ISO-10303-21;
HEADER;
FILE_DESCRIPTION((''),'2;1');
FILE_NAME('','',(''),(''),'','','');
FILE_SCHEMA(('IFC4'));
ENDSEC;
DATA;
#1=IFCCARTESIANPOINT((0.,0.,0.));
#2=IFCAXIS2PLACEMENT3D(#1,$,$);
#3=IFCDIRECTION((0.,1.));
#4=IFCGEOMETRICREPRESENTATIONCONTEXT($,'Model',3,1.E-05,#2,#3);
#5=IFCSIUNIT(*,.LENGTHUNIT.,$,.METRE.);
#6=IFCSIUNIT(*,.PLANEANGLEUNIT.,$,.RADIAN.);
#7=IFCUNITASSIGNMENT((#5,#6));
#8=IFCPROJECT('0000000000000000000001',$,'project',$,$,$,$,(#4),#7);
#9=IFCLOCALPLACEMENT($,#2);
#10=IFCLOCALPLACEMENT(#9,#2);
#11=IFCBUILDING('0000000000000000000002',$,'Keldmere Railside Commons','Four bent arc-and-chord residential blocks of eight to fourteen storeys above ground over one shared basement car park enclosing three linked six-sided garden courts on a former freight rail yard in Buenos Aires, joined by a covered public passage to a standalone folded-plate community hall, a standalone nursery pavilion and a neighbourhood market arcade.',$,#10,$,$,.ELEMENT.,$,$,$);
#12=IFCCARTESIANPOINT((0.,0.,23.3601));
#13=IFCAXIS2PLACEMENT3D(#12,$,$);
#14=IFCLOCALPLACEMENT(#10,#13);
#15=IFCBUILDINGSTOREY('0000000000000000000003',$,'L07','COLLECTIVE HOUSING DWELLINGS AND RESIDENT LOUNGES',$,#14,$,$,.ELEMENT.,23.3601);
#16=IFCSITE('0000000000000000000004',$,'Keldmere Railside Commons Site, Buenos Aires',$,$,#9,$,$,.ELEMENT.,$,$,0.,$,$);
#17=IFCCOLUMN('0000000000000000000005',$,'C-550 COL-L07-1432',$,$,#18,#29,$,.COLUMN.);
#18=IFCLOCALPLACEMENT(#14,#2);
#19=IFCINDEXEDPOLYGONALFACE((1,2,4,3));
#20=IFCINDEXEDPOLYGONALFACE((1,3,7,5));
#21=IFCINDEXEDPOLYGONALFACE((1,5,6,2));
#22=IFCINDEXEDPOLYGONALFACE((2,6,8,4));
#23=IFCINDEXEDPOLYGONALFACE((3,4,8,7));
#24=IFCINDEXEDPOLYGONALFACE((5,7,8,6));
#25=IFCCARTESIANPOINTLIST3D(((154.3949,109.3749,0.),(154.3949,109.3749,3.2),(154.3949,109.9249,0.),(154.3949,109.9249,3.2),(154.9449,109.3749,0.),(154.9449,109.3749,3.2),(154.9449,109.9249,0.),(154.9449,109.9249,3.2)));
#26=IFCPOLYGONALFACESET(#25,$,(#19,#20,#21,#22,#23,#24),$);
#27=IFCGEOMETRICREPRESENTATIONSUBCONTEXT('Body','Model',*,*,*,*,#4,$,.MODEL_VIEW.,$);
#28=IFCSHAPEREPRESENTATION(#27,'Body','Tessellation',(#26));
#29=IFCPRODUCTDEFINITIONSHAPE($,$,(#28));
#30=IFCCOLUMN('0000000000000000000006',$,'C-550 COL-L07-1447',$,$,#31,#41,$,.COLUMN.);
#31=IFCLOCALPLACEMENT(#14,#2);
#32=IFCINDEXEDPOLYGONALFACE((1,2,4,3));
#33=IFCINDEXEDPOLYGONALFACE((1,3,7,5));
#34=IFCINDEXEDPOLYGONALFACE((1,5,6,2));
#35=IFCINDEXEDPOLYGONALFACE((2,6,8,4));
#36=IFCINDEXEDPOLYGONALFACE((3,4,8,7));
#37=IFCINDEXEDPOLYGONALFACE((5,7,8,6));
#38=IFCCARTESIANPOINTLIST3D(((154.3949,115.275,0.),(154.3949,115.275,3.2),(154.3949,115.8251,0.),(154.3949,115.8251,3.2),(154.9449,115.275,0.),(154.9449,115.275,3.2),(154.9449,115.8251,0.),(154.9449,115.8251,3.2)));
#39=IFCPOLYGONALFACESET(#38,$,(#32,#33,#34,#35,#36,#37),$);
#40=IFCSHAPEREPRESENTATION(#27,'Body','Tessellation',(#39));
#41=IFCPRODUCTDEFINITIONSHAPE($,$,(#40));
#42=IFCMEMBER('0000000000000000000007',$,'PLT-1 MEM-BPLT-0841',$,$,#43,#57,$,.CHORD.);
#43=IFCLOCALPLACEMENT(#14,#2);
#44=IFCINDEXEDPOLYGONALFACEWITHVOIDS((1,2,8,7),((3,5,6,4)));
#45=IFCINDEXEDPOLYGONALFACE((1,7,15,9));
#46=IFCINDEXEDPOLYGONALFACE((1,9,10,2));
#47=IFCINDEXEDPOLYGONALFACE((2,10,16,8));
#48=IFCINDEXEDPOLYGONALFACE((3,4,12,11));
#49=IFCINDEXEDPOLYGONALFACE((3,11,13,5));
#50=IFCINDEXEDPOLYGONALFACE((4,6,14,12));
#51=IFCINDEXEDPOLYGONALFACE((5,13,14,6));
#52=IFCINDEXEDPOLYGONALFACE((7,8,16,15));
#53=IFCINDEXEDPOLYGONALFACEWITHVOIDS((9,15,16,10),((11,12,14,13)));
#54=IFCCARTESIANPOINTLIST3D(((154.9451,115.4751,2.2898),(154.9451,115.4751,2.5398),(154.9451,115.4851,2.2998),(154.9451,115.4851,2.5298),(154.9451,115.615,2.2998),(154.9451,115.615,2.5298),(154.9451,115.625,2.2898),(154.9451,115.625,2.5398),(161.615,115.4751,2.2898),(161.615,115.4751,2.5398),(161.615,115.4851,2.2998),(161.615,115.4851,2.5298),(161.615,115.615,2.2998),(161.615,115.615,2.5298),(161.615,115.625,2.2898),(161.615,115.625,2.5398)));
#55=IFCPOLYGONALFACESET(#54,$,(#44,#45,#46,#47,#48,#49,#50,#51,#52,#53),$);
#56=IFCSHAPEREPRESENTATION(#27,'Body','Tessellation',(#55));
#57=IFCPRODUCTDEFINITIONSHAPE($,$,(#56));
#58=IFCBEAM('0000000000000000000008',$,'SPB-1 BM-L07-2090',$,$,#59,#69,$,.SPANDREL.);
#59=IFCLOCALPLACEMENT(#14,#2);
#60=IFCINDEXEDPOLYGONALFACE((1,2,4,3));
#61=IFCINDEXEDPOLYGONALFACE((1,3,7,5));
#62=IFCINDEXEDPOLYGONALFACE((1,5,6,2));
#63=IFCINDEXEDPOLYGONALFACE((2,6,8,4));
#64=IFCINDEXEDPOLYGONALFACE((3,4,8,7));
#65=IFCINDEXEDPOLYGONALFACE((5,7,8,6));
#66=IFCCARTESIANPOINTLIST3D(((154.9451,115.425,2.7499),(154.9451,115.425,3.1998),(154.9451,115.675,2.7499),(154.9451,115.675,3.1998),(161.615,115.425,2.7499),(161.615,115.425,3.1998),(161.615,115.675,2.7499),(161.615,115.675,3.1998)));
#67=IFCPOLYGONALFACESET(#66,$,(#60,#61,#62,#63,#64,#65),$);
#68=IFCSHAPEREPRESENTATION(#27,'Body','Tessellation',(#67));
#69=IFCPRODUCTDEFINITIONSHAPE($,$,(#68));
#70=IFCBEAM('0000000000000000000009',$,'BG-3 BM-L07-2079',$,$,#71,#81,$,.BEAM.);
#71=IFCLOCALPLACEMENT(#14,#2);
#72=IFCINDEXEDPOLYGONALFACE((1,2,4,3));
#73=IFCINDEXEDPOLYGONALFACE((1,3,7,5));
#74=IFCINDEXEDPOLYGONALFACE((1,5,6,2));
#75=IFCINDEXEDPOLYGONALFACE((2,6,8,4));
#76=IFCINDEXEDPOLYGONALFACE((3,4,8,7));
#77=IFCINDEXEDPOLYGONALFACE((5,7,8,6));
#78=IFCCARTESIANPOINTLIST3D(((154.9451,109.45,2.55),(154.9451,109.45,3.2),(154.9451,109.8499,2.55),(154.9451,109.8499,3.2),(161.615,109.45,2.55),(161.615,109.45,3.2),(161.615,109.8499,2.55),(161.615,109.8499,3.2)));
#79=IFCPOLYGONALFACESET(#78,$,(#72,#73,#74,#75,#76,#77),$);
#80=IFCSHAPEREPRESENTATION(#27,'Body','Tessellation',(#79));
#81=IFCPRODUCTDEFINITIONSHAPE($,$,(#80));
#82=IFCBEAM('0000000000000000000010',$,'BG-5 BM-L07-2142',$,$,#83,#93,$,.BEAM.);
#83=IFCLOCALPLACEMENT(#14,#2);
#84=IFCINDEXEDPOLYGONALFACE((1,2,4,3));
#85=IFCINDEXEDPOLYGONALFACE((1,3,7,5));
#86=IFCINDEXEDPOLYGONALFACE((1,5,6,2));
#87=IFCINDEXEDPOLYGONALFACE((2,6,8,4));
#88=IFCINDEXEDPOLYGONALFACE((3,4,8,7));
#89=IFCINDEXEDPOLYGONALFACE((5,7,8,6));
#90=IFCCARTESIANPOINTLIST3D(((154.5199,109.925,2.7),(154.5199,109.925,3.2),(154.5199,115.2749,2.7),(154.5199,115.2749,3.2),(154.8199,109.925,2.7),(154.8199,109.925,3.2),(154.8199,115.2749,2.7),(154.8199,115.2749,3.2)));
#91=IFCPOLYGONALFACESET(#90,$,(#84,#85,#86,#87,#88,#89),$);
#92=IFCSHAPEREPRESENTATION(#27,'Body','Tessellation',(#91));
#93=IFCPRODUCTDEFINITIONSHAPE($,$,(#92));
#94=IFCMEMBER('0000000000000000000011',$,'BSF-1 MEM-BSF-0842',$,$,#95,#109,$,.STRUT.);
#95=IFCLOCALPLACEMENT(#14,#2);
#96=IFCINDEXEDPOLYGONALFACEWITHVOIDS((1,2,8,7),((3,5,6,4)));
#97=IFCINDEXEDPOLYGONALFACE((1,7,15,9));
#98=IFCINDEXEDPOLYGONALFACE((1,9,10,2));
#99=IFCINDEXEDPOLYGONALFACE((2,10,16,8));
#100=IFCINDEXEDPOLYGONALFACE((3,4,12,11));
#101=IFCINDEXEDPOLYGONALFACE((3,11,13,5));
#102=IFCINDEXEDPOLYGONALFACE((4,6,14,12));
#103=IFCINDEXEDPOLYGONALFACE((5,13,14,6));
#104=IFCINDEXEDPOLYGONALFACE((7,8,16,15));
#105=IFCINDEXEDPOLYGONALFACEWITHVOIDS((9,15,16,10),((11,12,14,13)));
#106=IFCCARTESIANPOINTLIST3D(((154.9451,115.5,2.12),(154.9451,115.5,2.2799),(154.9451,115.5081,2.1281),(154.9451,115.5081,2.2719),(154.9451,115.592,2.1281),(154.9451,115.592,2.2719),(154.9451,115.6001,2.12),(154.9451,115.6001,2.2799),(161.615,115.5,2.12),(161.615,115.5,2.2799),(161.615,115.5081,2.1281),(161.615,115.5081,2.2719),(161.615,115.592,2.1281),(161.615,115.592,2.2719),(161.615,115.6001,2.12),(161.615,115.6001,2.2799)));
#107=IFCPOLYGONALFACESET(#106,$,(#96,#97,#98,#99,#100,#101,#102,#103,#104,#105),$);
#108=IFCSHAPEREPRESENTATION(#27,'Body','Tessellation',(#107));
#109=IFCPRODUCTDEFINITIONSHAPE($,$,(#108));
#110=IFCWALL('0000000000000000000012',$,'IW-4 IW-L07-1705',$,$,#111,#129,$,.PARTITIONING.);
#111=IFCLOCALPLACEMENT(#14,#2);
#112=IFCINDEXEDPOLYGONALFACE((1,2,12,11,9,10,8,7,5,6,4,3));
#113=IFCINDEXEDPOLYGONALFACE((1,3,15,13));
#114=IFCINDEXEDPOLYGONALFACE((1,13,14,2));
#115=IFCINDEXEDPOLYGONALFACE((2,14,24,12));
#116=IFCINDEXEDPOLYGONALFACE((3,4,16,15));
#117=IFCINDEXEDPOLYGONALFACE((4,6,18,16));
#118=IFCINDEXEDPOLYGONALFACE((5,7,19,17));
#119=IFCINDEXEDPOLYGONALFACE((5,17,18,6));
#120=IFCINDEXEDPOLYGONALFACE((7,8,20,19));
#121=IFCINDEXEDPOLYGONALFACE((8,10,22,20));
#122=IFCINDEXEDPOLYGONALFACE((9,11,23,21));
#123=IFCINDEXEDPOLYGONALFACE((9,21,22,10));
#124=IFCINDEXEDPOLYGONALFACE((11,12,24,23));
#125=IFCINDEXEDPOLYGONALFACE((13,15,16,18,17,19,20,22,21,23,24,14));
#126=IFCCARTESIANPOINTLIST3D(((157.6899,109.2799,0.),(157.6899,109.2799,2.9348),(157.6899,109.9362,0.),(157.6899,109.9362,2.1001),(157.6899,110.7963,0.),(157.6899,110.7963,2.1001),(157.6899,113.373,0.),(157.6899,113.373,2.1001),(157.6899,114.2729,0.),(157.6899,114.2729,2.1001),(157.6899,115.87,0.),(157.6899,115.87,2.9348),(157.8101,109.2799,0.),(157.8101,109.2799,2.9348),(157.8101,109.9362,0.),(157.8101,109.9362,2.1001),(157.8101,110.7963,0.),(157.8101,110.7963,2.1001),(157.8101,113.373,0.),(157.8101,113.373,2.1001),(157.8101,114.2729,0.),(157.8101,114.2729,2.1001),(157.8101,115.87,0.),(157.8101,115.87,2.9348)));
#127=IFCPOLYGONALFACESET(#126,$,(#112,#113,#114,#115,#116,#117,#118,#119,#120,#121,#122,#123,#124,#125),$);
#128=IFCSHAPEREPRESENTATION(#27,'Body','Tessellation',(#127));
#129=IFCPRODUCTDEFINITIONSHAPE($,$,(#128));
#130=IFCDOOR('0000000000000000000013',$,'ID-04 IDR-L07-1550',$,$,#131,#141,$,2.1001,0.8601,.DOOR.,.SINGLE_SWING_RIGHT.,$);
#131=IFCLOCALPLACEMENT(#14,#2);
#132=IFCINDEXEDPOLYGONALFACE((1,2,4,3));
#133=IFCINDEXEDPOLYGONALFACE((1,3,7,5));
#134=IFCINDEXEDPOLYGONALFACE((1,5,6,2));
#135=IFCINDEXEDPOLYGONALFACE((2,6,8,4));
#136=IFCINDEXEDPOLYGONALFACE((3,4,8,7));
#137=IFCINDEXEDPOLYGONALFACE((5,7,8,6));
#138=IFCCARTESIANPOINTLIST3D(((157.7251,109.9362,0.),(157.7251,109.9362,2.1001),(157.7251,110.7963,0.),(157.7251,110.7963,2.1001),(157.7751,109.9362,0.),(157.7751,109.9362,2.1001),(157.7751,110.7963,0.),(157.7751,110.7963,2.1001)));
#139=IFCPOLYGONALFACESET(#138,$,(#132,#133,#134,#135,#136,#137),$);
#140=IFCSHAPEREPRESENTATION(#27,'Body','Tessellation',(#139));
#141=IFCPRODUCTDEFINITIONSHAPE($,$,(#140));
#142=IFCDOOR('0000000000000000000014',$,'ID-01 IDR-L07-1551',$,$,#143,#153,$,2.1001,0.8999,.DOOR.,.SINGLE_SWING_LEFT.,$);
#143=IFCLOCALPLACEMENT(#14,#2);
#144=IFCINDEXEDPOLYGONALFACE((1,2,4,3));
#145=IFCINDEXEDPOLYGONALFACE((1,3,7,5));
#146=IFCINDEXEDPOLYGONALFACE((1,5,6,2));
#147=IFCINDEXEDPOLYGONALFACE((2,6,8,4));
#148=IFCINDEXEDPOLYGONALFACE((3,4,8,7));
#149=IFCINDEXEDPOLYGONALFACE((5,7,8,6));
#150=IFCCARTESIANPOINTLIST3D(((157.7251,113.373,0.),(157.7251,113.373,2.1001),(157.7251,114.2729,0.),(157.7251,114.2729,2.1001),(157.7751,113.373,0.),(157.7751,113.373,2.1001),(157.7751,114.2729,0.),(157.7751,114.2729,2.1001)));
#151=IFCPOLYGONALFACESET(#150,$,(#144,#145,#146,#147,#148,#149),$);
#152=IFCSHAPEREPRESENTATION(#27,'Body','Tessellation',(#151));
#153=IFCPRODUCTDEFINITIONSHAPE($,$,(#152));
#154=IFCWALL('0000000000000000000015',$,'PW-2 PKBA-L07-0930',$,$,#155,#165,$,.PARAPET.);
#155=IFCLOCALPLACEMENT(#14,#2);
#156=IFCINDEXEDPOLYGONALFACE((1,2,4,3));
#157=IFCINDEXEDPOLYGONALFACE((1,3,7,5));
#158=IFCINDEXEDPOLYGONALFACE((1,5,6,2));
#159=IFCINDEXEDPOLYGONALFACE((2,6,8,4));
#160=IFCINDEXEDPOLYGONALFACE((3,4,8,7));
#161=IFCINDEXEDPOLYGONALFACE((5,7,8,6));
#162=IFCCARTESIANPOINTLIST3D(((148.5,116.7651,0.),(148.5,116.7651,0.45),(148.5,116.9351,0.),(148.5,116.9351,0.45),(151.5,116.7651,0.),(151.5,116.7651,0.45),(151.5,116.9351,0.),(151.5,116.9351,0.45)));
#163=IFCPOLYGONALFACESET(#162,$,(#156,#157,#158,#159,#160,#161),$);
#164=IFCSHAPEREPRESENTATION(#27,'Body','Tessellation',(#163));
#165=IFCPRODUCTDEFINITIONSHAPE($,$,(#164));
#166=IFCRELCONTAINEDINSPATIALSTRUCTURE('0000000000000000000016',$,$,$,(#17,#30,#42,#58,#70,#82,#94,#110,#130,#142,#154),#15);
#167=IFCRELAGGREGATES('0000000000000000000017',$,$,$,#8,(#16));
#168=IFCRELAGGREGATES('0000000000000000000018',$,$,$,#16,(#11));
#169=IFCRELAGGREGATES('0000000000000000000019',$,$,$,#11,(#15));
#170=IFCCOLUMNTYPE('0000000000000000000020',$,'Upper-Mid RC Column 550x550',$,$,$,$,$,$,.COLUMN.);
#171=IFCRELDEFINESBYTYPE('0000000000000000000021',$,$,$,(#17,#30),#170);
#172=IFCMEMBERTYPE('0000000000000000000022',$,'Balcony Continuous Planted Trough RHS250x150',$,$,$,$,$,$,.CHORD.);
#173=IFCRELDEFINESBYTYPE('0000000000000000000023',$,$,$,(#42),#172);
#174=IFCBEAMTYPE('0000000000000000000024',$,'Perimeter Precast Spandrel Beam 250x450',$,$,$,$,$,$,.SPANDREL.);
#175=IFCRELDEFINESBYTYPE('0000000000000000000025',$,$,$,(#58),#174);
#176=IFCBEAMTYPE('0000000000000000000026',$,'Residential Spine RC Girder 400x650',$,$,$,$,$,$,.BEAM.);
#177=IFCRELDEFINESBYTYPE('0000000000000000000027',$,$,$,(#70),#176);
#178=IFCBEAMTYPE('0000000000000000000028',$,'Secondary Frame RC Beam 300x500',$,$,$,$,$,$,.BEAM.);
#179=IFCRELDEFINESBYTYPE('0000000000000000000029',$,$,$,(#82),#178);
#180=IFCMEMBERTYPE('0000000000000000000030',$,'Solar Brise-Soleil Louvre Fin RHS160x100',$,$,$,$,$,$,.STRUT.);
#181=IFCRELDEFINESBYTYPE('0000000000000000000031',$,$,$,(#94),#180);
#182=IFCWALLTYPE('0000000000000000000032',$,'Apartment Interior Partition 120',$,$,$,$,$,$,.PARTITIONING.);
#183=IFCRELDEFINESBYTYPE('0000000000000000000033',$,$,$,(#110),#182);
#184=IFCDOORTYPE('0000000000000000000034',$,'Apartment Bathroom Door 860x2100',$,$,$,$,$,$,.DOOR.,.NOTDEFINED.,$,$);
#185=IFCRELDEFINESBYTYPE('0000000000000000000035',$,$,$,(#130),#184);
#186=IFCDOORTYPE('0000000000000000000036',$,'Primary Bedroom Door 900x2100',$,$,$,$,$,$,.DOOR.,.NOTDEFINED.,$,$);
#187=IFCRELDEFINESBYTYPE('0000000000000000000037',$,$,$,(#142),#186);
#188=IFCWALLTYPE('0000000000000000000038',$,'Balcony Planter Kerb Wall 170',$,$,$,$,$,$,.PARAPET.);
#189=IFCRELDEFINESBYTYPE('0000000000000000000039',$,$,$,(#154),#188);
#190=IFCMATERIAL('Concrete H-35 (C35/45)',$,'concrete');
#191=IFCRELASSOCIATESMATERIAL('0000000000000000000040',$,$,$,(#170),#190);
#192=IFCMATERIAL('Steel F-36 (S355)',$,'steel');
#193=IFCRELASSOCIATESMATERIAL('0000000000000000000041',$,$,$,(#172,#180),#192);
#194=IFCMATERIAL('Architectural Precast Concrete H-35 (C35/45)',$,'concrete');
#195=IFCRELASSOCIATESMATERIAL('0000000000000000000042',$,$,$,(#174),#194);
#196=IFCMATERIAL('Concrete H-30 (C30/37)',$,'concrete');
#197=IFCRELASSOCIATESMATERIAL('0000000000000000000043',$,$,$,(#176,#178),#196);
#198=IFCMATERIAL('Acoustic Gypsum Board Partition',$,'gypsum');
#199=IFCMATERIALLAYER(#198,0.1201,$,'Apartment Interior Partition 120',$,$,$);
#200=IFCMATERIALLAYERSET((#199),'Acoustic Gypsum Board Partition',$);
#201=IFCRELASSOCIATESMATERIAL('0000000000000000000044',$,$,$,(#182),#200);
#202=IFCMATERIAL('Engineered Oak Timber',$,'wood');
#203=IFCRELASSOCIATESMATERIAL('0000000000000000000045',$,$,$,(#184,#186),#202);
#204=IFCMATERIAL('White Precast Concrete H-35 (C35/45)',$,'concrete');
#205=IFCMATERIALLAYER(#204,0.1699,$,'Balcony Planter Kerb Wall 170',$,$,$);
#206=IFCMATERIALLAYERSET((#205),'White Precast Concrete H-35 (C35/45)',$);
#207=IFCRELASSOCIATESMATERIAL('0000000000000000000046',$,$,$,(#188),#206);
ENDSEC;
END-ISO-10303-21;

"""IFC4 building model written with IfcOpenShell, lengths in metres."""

from ifc_helpers import new_model, si_unit, direction, frame, frame_2d, origin, origin_2d, place, context, subcontext, project, spatial, rectangle, hollow_rectangle, extrude, material, layer, layer_set, material_profile, profile_set, type_object, element, fill, save


model = new_model("IFC4")

# Units and contexts
model_context = context("Model", 3, precision=1e-05, world=origin(), true_north=direction((0.0, 1.0)))
body_context = subcontext(model_context, "Body", "Model", "MODEL_VIEW")
ifc_project = project(units=[si_unit("LENGTHUNIT", "METRE"), si_unit("PLANEANGLEUNIT", "RADIAN")], contexts=[model_context])

# Site, building, storey
site_placement = place(None, origin())
site = spatial("IfcSite", under=ifc_project, at=site_placement, Name="Keldmere Railside Commons Site, Buenos Aires", CompositionType="ELEMENT", RefElevation=0.0)
building_placement = place(site_placement, origin())
building = spatial("IfcBuilding", under=site, at=building_placement, Name="Keldmere Railside Commons", Description="Four bent arc-and-chord residential blocks of eight to fourteen storeys above ground over one shared basement car park enclosing three linked six-sided garden courts on a former freight rail yard in Buenos Aires, joined by a covered public passage to a standalone folded-plate community hall, a standalone nursery pavilion and a neighbourhood market arcade.", CompositionType="ELEMENT")
storey_placement = place(building_placement, frame((0.0, 0.0, 23.3601)))
storey = spatial("IfcBuildingStorey", under=building, at=storey_placement, Name="L07", Description="COLLECTIVE HOUSING DWELLINGS AND RESIDENT LOUNGES", CompositionType="ELEMENT", Elevation=23.3601)

# Columns
ifc_material_1 = material(Name="Concrete H-35 (C35/45)", Category="concrete")
ifc_material_profile_1 = material_profile(ifc_material_1, rectangle(XDim=0.55, YDim=0.55, at=origin_2d()), Name="RC-550x550")
ifc_profile_set_1 = profile_set([ifc_material_profile_1], Name="Concrete H-35 (C35/45)")
column_type = type_object("IfcColumnType", Name="Upper-Mid RC Column 550x550", PredefinedType="COLUMN", material=ifc_profile_set_1)
for number, where, z_axis, x_axis, name in (
    (1, (154.6699, 109.6499, 0.0), (0.0, 0.0, 1.0), (1.0, 0.0, 0.0), "C-550 COL-L07-1432"),
    (2, (154.6699, 115.55, 0.0), (0.0, 0.0, 1.0), (1.0, 0.0, 0.0), "C-550 COL-L07-1447"),
):
    element("IfcColumn", number, at=place(storey_placement, frame(where, z_axis=z_axis, x_axis=x_axis)), inside=storey, type_object=column_type, Name=name, PredefinedType="COLUMN", context=body_context, shape_type="SweptSolid", body=[
        extrude(rectangle(XDim=0.55, YDim=0.55, at=origin_2d()), origin(), (0.0, 0.0, 1.0), 3.2),
    ])

# Member
ifc_material_2 = material(Name="Steel F-36 (S355)", Category="steel")
ifc_material_profile_2 = material_profile(ifc_material_2, hollow_rectangle(XDim=0.1499, YDim=0.25, WallThickness=0.01, at=origin_2d()), Name="RHS-250x150x10")
ifc_profile_set_2 = profile_set([ifc_material_profile_2], Name="Steel F-36 (S355)")
member_type_1 = type_object("IfcMemberType", Name="Balcony Continuous Planted Trough RHS250x150", PredefinedType="CHORD", material=ifc_profile_set_2)
member_1_placement = place(storey_placement, frame((154.9451, 115.55, 2.4148), z_axis=(1.0, 0.0, 0.0), x_axis=(0.0, 1.0, 0.0)))
element("IfcMember", 3, at=member_1_placement, inside=storey, type_object=member_type_1, Name="PLT-1 MEM-BPLT-0841", PredefinedType="CHORD", context=body_context, shape_type="SweptSolid", body=[
    extrude(hollow_rectangle(XDim=0.1499, YDim=0.25, WallThickness=0.01, at=origin_2d()), origin(), (0.0, 0.0, 1.0), 6.6699),
])

# Beams
ifc_material_3 = material(Name="Architectural Precast Concrete H-35 (C35/45)", Category="concrete")
ifc_material_profile_3 = material_profile(ifc_material_3, rectangle(XDim=0.25, YDim=0.45, at=origin_2d()), Name="RC-250x450")
ifc_profile_set_3 = profile_set([ifc_material_profile_3], Name="Architectural Precast Concrete H-35 (C35/45)")
beam_type_1 = type_object("IfcBeamType", Name="Perimeter Precast Spandrel Beam 250x450", PredefinedType="SPANDREL", material=ifc_profile_set_3)
beam_1_placement = place(storey_placement, frame((154.9451, 115.55, 2.9749), z_axis=(1.0, 0.0, 0.0), x_axis=(0.0, 1.0, 0.0)))
element("IfcBeam", 4, at=beam_1_placement, inside=storey, type_object=beam_type_1, Name="SPB-1 BM-L07-2090", PredefinedType="SPANDREL", context=body_context, shape_type="SweptSolid", body=[
    extrude(rectangle(XDim=0.25, YDim=0.45, at=origin_2d()), origin(), (0.0, 0.0, 1.0), 6.6699),
])
ifc_material_4 = material(Name="Concrete H-30 (C30/37)", Category="concrete")
ifc_material_profile_4 = material_profile(ifc_material_4, rectangle(XDim=0.3999, YDim=0.6499, at=origin_2d()), Name="RC-400x650")
ifc_profile_set_4 = profile_set([ifc_material_profile_4], Name="Concrete H-30 (C30/37)")
beam_type_2 = type_object("IfcBeamType", Name="Residential Spine RC Girder 400x650", PredefinedType="BEAM", material=ifc_profile_set_4)
beam_2_placement = place(storey_placement, frame((154.9451, 109.6499, 2.875), z_axis=(1.0, 0.0, 0.0), x_axis=(0.0, 1.0, 0.0)))
element("IfcBeam", 5, at=beam_2_placement, inside=storey, type_object=beam_type_2, Name="BG-3 BM-L07-2079", PredefinedType="BEAM", context=body_context, shape_type="SweptSolid", body=[
    extrude(rectangle(XDim=0.3999, YDim=0.6499, at=origin_2d()), origin(), (0.0, 0.0, 1.0), 6.6699),
])
ifc_material_profile_5 = material_profile(ifc_material_4, rectangle(XDim=0.3, YDim=0.5, at=origin_2d()), Name="RC-300x500")
ifc_profile_set_5 = profile_set([ifc_material_profile_5], Name="Concrete H-30 (C30/37)")
beam_type_3 = type_object("IfcBeamType", Name="Secondary Frame RC Beam 300x500", PredefinedType="BEAM", material=ifc_profile_set_5)
beam_3_placement = place(storey_placement, frame((154.6699, 109.925, 2.95), z_axis=(0.0, 1.0, 0.0), x_axis=(-1.0, 0.0, 0.0)))
element("IfcBeam", 6, at=beam_3_placement, inside=storey, type_object=beam_type_3, Name="BG-5 BM-L07-2142", PredefinedType="BEAM", context=body_context, shape_type="SweptSolid", body=[
    extrude(rectangle(XDim=0.3, YDim=0.5, at=origin_2d()), origin(), (0.0, 0.0, 1.0), 5.3499),
])

# Member
ifc_material_profile_6 = material_profile(ifc_material_2, hollow_rectangle(XDim=0.1001, YDim=0.1599, WallThickness=0.0081, at=origin_2d()), Name="RHS-160x100x8")
ifc_profile_set_6 = profile_set([ifc_material_profile_6], Name="Steel F-36 (S355)")
member_type_2 = type_object("IfcMemberType", Name="Solar Brise-Soleil Louvre Fin RHS160x100", PredefinedType="STRUT", material=ifc_profile_set_6)
member_2_placement = place(storey_placement, frame((154.9451, 115.55, 2.2), z_axis=(1.0, 0.0, 0.0), x_axis=(0.0, 1.0, 0.0)))
element("IfcMember", 7, at=member_2_placement, inside=storey, type_object=member_type_2, Name="BSF-1 MEM-BSF-0842", PredefinedType="STRUT", context=body_context, shape_type="SweptSolid", body=[
    extrude(hollow_rectangle(XDim=0.1001, YDim=0.1599, WallThickness=0.0081, at=origin_2d()), origin(), (0.0, 0.0, 1.0), 6.6699),
])

# Wall, openings, doors
ifc_material_5 = material(Name="Acoustic Gypsum Board Partition", Category="gypsum")
ifc_layer_1 = layer(ifc_material_5, 0.1201, Name="Apartment Interior Partition 120")
ifc_layer_set_1 = layer_set([ifc_layer_1], Name="Acoustic Gypsum Board Partition")
wall_type_1 = type_object("IfcWallType", Name="Apartment Interior Partition 120", PredefinedType="PARTITIONING", material=ifc_layer_set_1)
wall_1_placement = place(storey_placement, frame((157.75, 109.28, 0.0), z_axis=(0.0, 0.0, 1.0), x_axis=(0.0, 1.0, 0.0)))
wall_1 = element("IfcWall", 8, at=wall_1_placement, inside=storey, type_object=wall_type_1, Name="IW-4 IW-L07-1705", PredefinedType="PARTITIONING", context=body_context, shape_type="SweptSolid", body=[
    extrude(rectangle(XDim=6.5901, YDim=0.1201, at=frame_2d((3.2949, 0.0))), origin(), (0.0, 0.0, 1.0), 2.9348),
])
opening_1_placement = place(wall_1_placement, frame((0.656, 0.0, 0.0)))
opening_1 = element("IfcOpeningElement", 9, at=opening_1_placement, cuts=wall_1, PredefinedType="OPENING", context=body_context, shape_type="SweptSolid", body=[
    extrude(rectangle(XDim=0.8601, YDim=2.1001, at=frame_2d((0.4302, 1.05))), frame((0.0, 0.0701, 0.0), z_axis=(0.0, -1.0, 0.0), x_axis=(1.0, 0.0, 0.0)), (0.0, 0.0, 1.0), 0.1401),
])
opening_2_placement = place(wall_1_placement, frame((4.093, 0.0, 0.0)))
opening_2 = element("IfcOpeningElement", 10, at=opening_2_placement, cuts=wall_1, PredefinedType="OPENING", context=body_context, shape_type="SweptSolid", body=[
    extrude(rectangle(XDim=0.8999, YDim=2.1001, at=frame_2d((0.45, 1.05))), frame((0.0, 0.0701, 0.0), z_axis=(0.0, -1.0, 0.0), x_axis=(1.0, 0.0, 0.0)), (0.0, 0.0, 1.0), 0.1401),
])
ifc_material_6 = material(Name="Engineered Oak Timber", Category="wood")
door_type_1 = type_object("IfcDoorType", Name="Apartment Bathroom Door 860x2100", OperationType="NOTDEFINED", PredefinedType="DOOR", material=ifc_material_6)
door_1_placement = place(opening_1_placement, origin())
door_1 = element("IfcDoor", 11, at=door_1_placement, inside=storey, type_object=door_type_1, Name="ID-04 IDR-L07-1550", OperationType="SINGLE_SWING_RIGHT", OverallHeight=2.1001, OverallWidth=0.8601, PredefinedType="DOOR", context=body_context, shape_type="SweptSolid", body=[
    extrude(rectangle(XDim=0.8601, YDim=2.1001, at=frame_2d((0.4302, 1.05))), frame((0.0, 0.0249, 0.0), z_axis=(0.0, -1.0, 0.0), x_axis=(1.0, 0.0, 0.0)), (0.0, 0.0, 1.0), 0.05),
])
fill(opening_1, door_1)
door_type_2 = type_object("IfcDoorType", Name="Primary Bedroom Door 900x2100", OperationType="NOTDEFINED", PredefinedType="DOOR", material=ifc_material_6)
door_2_placement = place(opening_2_placement, origin())
door_2 = element("IfcDoor", 12, at=door_2_placement, inside=storey, type_object=door_type_2, Name="ID-01 IDR-L07-1551", OperationType="SINGLE_SWING_LEFT", OverallHeight=2.1001, OverallWidth=0.8999, PredefinedType="DOOR", context=body_context, shape_type="SweptSolid", body=[
    extrude(rectangle(XDim=0.8999, YDim=2.1001, at=frame_2d((0.45, 1.05))), frame((0.0, 0.0249, 0.0), z_axis=(0.0, -1.0, 0.0), x_axis=(1.0, 0.0, 0.0)), (0.0, 0.0, 1.0), 0.05),
])
fill(opening_2, door_2)

# Wall
ifc_material_7 = material(Name="White Precast Concrete H-35 (C35/45)", Category="concrete")
ifc_layer_2 = layer(ifc_material_7, 0.1699, Name="Balcony Planter Kerb Wall 170")
ifc_layer_set_2 = layer_set([ifc_layer_2], Name="White Precast Concrete H-35 (C35/45)")
wall_type_2 = type_object("IfcWallType", Name="Balcony Planter Kerb Wall 170", PredefinedType="PARAPET", material=ifc_layer_set_2)
wall_2_placement = place(storey_placement, frame((148.5, 116.8501, 0.0), z_axis=(0.0, 0.0, 1.0), x_axis=(1.0, 0.0, 0.0)))
element("IfcWall", 13, at=wall_2_placement, inside=storey, type_object=wall_type_2, Name="PW-2 PKBA-L07-0930", PredefinedType="PARAPET", context=body_context, shape_type="SweptSolid", body=[
    extrude(rectangle(XDim=3.0, YDim=0.1699, at=frame_2d((1.5, 0.0))), origin(), (0.0, 0.0, 1.0), 0.45),
])

save(model, "model.ifc")
